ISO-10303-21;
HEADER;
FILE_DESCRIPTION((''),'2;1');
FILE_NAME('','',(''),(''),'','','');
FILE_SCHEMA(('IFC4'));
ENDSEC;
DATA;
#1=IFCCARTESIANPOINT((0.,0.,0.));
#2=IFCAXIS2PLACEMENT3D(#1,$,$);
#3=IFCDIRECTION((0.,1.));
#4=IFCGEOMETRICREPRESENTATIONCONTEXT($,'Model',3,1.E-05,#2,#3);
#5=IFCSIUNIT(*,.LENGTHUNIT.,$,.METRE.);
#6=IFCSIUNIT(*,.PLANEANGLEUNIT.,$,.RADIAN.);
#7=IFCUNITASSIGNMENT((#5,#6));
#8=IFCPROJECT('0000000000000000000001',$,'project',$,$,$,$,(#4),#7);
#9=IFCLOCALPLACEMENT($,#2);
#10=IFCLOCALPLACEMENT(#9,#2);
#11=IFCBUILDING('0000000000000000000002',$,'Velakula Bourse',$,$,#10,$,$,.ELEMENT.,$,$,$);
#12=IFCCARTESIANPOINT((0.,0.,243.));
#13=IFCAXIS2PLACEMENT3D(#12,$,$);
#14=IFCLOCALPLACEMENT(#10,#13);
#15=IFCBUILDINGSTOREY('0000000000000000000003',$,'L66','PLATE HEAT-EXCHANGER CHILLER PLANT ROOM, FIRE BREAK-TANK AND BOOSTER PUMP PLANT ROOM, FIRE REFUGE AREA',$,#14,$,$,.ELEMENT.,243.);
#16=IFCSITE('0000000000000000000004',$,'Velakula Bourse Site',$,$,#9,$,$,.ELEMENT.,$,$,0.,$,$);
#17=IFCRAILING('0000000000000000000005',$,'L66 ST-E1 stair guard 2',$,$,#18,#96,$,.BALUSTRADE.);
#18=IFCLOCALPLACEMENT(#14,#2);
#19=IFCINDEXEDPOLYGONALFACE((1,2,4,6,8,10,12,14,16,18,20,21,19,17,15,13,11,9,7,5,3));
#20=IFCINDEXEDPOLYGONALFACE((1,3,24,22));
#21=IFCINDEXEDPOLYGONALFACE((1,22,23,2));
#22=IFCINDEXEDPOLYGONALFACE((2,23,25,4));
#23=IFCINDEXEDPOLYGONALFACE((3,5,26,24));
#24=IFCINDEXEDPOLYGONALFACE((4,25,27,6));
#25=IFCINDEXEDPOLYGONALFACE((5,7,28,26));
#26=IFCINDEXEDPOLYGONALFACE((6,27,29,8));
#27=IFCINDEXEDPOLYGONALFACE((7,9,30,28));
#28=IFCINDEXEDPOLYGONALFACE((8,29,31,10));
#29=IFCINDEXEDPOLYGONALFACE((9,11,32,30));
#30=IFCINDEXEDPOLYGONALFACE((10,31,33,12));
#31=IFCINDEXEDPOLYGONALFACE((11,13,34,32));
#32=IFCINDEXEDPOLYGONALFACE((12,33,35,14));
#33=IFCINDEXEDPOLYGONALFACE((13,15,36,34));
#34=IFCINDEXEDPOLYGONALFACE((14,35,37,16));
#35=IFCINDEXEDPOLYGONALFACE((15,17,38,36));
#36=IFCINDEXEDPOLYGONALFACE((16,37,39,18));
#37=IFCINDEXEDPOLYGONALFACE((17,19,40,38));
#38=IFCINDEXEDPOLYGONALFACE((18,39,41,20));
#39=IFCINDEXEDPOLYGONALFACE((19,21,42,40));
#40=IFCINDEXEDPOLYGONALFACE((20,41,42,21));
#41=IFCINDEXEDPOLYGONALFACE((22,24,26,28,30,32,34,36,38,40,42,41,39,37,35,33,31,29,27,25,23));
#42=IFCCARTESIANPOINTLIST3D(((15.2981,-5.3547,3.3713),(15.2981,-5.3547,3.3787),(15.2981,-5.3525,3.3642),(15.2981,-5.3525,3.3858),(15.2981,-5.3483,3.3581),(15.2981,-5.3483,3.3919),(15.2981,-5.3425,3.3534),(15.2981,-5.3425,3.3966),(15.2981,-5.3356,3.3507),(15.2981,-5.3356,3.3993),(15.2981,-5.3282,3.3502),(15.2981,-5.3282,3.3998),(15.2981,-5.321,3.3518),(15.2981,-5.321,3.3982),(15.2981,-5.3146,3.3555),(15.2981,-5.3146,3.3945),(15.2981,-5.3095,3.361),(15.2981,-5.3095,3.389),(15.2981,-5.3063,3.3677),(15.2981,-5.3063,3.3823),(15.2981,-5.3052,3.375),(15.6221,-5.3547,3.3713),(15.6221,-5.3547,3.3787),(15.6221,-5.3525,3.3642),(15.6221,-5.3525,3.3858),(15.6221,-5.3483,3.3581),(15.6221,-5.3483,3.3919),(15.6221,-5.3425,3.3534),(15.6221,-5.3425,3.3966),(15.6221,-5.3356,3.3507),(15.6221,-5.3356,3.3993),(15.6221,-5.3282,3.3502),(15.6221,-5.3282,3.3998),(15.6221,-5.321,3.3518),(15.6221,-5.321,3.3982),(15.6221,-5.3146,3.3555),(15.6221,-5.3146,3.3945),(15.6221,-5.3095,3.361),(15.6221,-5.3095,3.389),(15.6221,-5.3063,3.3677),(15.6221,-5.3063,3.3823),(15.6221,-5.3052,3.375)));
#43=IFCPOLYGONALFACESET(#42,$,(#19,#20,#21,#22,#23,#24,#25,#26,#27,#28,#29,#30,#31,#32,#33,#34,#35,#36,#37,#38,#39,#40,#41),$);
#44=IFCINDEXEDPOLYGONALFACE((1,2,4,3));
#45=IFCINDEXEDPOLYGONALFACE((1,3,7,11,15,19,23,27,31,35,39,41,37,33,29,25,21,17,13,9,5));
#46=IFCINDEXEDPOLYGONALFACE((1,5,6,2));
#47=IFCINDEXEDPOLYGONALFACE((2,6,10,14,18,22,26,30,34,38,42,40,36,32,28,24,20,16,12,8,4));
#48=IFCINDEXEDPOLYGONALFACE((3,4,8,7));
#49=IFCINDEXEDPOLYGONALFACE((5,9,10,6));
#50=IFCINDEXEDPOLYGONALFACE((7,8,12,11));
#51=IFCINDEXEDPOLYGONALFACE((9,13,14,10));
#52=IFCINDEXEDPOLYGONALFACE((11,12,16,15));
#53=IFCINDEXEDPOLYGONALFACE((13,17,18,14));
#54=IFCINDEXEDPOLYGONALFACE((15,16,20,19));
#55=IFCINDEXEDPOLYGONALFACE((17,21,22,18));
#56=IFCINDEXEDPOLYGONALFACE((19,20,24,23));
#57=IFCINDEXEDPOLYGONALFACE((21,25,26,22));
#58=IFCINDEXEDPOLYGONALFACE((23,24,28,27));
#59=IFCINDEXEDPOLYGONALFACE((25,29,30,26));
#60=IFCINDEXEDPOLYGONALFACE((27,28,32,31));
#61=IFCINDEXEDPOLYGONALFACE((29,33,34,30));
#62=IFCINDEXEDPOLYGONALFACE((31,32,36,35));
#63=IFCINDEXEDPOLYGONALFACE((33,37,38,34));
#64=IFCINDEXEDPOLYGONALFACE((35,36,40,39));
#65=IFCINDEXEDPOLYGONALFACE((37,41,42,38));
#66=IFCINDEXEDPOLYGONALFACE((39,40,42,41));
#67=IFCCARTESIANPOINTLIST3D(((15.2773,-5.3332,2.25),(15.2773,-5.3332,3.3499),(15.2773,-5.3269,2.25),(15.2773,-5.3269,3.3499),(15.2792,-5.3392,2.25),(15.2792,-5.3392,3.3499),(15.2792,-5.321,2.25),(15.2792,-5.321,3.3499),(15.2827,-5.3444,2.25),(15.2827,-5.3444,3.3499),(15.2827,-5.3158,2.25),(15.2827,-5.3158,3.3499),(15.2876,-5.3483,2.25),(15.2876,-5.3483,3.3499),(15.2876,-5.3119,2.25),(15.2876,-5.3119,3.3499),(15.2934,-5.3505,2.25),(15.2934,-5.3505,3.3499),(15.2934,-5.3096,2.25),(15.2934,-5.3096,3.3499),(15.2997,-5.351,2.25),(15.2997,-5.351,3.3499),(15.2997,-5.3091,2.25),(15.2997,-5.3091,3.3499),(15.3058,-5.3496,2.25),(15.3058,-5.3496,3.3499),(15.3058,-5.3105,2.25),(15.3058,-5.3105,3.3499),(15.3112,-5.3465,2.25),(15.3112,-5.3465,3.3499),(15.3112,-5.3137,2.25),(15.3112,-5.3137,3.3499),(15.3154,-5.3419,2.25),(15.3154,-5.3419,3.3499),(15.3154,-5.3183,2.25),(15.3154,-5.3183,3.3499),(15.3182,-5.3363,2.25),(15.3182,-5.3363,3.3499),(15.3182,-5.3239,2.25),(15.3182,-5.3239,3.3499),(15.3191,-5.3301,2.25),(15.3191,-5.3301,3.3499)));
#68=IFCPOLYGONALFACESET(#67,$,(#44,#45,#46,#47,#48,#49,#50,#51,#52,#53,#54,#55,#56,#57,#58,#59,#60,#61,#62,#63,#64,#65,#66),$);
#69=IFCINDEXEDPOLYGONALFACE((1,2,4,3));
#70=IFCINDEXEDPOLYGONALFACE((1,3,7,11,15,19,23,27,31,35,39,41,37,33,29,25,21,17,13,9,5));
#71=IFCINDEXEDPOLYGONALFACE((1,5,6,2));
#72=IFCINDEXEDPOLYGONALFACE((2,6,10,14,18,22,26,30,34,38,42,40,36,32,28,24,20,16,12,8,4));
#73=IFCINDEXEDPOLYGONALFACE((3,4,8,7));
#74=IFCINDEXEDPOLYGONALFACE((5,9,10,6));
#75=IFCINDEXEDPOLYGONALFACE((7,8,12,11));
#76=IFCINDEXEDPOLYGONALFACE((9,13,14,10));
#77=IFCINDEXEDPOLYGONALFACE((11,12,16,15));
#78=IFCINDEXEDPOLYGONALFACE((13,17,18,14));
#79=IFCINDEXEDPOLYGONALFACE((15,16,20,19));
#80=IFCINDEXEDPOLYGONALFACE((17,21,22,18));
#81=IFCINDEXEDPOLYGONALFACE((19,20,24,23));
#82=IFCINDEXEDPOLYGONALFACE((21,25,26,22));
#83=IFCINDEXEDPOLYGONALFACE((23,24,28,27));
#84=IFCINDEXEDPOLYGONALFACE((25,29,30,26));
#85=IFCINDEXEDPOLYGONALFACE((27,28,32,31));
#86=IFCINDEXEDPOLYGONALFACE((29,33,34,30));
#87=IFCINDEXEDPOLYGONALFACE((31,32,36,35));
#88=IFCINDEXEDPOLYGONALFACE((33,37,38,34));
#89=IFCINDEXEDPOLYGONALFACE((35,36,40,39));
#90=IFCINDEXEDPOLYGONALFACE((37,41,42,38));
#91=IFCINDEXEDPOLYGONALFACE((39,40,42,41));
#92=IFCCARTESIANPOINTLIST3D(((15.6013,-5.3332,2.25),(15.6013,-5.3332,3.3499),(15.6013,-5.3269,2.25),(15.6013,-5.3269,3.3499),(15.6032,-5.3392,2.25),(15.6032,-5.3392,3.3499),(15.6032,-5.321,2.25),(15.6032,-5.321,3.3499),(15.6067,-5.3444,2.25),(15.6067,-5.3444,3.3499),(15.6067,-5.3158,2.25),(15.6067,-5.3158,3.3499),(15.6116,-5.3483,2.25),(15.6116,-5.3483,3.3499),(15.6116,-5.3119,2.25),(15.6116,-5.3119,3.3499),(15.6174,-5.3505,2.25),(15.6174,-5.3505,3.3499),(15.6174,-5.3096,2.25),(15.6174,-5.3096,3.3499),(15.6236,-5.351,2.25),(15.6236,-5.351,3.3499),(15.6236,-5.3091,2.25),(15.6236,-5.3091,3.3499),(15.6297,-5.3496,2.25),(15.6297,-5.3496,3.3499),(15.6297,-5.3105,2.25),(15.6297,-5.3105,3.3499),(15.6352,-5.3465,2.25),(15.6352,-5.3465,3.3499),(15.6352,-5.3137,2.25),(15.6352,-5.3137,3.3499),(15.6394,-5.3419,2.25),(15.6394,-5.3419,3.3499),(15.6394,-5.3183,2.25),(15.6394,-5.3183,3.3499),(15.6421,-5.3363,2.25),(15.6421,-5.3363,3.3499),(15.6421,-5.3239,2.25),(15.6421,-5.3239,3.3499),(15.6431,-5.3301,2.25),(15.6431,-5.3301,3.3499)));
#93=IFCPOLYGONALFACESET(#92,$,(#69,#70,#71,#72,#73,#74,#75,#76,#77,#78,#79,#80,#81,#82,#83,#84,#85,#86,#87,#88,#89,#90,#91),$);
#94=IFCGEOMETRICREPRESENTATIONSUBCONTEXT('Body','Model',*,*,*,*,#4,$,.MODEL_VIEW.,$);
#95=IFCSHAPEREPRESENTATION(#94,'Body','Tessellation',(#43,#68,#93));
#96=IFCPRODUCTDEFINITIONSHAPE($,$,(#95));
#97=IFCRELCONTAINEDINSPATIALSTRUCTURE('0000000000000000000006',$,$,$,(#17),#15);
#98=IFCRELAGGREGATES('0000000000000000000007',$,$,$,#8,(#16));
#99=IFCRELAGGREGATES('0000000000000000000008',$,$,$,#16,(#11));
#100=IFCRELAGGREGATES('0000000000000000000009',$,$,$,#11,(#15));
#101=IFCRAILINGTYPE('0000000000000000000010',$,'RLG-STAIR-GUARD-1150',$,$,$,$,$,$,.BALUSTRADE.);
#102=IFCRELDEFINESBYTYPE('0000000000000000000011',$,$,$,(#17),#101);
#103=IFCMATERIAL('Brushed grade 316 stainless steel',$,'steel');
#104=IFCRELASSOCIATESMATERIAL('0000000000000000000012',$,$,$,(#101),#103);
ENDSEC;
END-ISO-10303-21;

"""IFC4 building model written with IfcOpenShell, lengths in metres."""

from ifc_helpers import new_model, si_unit, direction, frame, origin, origin_2d, place, context, subcontext, project, spatial, circle, extrude, material, type_object, element, save


model = new_model("IFC4")

# Units and contexts
model_context = context("Model", 3, precision=1e-05, world=origin(), true_north=direction((0.0, 1.0)))
body_context = subcontext(model_context, "Body", "Model", "MODEL_VIEW")
ifc_project = project(units=[si_unit("LENGTHUNIT", "METRE"), si_unit("PLANEANGLEUNIT", "RADIAN")], contexts=[model_context])

# Site, building, storey
site_placement = place(None, origin())
site = spatial("IfcSite", under=ifc_project, at=site_placement, Name="Velakula Bourse Site", CompositionType="ELEMENT", RefElevation=0.0)
building_placement = place(site_placement, origin())
building = spatial("IfcBuilding", under=site, at=building_placement, Name="Velakula Bourse", CompositionType="ELEMENT")
storey_placement = place(building_placement, frame((0.0, 0.0, 243.0)))
storey = spatial("IfcBuildingStorey", under=building, at=storey_placement, Name="L66", Description="PLATE HEAT-EXCHANGER CHILLER PLANT ROOM, FIRE BREAK-TANK AND BOOSTER PUMP PLANT ROOM, FIRE REFUGE AREA", CompositionType="ELEMENT", Elevation=243.0)

# Railing
ifc_material_1 = material(Name="Brushed grade 316 stainless steel", Category="steel")
railing_type_1 = type_object("IfcRailingType", Name="RLG-STAIR-GUARD-1150", PredefinedType="BALUSTRADE", material=ifc_material_1)
railing_1_placement = place(storey_placement, frame((15.2981, -5.3301, 2.25)))
element("IfcRailing", 1, at=railing_1_placement, inside=storey, type_object=railing_type_1, Name="L66 ST-E1 stair guard 2", PredefinedType="BALUSTRADE", context=body_context, shape_type="SweptSolid", body=[
    extrude(circle(Radius=0.0249, at=origin_2d()), frame((0.0, 0.0, 1.125), z_axis=(1.0, 0.0, 0.0), x_axis=(0.0, 1.0, 0.0)), (0.0, 0.0, 1.0), 0.324),
    extrude(circle(Radius=0.021, at=origin_2d()), origin(), (0.0, 0.0, 1.0), 1.0999),
    extrude(circle(Radius=0.021, at=origin_2d()), frame((0.324, 0.0, 0.0)), (0.0, 0.0, 1.0), 1.0999),
])

save(model, "model.ifc")
